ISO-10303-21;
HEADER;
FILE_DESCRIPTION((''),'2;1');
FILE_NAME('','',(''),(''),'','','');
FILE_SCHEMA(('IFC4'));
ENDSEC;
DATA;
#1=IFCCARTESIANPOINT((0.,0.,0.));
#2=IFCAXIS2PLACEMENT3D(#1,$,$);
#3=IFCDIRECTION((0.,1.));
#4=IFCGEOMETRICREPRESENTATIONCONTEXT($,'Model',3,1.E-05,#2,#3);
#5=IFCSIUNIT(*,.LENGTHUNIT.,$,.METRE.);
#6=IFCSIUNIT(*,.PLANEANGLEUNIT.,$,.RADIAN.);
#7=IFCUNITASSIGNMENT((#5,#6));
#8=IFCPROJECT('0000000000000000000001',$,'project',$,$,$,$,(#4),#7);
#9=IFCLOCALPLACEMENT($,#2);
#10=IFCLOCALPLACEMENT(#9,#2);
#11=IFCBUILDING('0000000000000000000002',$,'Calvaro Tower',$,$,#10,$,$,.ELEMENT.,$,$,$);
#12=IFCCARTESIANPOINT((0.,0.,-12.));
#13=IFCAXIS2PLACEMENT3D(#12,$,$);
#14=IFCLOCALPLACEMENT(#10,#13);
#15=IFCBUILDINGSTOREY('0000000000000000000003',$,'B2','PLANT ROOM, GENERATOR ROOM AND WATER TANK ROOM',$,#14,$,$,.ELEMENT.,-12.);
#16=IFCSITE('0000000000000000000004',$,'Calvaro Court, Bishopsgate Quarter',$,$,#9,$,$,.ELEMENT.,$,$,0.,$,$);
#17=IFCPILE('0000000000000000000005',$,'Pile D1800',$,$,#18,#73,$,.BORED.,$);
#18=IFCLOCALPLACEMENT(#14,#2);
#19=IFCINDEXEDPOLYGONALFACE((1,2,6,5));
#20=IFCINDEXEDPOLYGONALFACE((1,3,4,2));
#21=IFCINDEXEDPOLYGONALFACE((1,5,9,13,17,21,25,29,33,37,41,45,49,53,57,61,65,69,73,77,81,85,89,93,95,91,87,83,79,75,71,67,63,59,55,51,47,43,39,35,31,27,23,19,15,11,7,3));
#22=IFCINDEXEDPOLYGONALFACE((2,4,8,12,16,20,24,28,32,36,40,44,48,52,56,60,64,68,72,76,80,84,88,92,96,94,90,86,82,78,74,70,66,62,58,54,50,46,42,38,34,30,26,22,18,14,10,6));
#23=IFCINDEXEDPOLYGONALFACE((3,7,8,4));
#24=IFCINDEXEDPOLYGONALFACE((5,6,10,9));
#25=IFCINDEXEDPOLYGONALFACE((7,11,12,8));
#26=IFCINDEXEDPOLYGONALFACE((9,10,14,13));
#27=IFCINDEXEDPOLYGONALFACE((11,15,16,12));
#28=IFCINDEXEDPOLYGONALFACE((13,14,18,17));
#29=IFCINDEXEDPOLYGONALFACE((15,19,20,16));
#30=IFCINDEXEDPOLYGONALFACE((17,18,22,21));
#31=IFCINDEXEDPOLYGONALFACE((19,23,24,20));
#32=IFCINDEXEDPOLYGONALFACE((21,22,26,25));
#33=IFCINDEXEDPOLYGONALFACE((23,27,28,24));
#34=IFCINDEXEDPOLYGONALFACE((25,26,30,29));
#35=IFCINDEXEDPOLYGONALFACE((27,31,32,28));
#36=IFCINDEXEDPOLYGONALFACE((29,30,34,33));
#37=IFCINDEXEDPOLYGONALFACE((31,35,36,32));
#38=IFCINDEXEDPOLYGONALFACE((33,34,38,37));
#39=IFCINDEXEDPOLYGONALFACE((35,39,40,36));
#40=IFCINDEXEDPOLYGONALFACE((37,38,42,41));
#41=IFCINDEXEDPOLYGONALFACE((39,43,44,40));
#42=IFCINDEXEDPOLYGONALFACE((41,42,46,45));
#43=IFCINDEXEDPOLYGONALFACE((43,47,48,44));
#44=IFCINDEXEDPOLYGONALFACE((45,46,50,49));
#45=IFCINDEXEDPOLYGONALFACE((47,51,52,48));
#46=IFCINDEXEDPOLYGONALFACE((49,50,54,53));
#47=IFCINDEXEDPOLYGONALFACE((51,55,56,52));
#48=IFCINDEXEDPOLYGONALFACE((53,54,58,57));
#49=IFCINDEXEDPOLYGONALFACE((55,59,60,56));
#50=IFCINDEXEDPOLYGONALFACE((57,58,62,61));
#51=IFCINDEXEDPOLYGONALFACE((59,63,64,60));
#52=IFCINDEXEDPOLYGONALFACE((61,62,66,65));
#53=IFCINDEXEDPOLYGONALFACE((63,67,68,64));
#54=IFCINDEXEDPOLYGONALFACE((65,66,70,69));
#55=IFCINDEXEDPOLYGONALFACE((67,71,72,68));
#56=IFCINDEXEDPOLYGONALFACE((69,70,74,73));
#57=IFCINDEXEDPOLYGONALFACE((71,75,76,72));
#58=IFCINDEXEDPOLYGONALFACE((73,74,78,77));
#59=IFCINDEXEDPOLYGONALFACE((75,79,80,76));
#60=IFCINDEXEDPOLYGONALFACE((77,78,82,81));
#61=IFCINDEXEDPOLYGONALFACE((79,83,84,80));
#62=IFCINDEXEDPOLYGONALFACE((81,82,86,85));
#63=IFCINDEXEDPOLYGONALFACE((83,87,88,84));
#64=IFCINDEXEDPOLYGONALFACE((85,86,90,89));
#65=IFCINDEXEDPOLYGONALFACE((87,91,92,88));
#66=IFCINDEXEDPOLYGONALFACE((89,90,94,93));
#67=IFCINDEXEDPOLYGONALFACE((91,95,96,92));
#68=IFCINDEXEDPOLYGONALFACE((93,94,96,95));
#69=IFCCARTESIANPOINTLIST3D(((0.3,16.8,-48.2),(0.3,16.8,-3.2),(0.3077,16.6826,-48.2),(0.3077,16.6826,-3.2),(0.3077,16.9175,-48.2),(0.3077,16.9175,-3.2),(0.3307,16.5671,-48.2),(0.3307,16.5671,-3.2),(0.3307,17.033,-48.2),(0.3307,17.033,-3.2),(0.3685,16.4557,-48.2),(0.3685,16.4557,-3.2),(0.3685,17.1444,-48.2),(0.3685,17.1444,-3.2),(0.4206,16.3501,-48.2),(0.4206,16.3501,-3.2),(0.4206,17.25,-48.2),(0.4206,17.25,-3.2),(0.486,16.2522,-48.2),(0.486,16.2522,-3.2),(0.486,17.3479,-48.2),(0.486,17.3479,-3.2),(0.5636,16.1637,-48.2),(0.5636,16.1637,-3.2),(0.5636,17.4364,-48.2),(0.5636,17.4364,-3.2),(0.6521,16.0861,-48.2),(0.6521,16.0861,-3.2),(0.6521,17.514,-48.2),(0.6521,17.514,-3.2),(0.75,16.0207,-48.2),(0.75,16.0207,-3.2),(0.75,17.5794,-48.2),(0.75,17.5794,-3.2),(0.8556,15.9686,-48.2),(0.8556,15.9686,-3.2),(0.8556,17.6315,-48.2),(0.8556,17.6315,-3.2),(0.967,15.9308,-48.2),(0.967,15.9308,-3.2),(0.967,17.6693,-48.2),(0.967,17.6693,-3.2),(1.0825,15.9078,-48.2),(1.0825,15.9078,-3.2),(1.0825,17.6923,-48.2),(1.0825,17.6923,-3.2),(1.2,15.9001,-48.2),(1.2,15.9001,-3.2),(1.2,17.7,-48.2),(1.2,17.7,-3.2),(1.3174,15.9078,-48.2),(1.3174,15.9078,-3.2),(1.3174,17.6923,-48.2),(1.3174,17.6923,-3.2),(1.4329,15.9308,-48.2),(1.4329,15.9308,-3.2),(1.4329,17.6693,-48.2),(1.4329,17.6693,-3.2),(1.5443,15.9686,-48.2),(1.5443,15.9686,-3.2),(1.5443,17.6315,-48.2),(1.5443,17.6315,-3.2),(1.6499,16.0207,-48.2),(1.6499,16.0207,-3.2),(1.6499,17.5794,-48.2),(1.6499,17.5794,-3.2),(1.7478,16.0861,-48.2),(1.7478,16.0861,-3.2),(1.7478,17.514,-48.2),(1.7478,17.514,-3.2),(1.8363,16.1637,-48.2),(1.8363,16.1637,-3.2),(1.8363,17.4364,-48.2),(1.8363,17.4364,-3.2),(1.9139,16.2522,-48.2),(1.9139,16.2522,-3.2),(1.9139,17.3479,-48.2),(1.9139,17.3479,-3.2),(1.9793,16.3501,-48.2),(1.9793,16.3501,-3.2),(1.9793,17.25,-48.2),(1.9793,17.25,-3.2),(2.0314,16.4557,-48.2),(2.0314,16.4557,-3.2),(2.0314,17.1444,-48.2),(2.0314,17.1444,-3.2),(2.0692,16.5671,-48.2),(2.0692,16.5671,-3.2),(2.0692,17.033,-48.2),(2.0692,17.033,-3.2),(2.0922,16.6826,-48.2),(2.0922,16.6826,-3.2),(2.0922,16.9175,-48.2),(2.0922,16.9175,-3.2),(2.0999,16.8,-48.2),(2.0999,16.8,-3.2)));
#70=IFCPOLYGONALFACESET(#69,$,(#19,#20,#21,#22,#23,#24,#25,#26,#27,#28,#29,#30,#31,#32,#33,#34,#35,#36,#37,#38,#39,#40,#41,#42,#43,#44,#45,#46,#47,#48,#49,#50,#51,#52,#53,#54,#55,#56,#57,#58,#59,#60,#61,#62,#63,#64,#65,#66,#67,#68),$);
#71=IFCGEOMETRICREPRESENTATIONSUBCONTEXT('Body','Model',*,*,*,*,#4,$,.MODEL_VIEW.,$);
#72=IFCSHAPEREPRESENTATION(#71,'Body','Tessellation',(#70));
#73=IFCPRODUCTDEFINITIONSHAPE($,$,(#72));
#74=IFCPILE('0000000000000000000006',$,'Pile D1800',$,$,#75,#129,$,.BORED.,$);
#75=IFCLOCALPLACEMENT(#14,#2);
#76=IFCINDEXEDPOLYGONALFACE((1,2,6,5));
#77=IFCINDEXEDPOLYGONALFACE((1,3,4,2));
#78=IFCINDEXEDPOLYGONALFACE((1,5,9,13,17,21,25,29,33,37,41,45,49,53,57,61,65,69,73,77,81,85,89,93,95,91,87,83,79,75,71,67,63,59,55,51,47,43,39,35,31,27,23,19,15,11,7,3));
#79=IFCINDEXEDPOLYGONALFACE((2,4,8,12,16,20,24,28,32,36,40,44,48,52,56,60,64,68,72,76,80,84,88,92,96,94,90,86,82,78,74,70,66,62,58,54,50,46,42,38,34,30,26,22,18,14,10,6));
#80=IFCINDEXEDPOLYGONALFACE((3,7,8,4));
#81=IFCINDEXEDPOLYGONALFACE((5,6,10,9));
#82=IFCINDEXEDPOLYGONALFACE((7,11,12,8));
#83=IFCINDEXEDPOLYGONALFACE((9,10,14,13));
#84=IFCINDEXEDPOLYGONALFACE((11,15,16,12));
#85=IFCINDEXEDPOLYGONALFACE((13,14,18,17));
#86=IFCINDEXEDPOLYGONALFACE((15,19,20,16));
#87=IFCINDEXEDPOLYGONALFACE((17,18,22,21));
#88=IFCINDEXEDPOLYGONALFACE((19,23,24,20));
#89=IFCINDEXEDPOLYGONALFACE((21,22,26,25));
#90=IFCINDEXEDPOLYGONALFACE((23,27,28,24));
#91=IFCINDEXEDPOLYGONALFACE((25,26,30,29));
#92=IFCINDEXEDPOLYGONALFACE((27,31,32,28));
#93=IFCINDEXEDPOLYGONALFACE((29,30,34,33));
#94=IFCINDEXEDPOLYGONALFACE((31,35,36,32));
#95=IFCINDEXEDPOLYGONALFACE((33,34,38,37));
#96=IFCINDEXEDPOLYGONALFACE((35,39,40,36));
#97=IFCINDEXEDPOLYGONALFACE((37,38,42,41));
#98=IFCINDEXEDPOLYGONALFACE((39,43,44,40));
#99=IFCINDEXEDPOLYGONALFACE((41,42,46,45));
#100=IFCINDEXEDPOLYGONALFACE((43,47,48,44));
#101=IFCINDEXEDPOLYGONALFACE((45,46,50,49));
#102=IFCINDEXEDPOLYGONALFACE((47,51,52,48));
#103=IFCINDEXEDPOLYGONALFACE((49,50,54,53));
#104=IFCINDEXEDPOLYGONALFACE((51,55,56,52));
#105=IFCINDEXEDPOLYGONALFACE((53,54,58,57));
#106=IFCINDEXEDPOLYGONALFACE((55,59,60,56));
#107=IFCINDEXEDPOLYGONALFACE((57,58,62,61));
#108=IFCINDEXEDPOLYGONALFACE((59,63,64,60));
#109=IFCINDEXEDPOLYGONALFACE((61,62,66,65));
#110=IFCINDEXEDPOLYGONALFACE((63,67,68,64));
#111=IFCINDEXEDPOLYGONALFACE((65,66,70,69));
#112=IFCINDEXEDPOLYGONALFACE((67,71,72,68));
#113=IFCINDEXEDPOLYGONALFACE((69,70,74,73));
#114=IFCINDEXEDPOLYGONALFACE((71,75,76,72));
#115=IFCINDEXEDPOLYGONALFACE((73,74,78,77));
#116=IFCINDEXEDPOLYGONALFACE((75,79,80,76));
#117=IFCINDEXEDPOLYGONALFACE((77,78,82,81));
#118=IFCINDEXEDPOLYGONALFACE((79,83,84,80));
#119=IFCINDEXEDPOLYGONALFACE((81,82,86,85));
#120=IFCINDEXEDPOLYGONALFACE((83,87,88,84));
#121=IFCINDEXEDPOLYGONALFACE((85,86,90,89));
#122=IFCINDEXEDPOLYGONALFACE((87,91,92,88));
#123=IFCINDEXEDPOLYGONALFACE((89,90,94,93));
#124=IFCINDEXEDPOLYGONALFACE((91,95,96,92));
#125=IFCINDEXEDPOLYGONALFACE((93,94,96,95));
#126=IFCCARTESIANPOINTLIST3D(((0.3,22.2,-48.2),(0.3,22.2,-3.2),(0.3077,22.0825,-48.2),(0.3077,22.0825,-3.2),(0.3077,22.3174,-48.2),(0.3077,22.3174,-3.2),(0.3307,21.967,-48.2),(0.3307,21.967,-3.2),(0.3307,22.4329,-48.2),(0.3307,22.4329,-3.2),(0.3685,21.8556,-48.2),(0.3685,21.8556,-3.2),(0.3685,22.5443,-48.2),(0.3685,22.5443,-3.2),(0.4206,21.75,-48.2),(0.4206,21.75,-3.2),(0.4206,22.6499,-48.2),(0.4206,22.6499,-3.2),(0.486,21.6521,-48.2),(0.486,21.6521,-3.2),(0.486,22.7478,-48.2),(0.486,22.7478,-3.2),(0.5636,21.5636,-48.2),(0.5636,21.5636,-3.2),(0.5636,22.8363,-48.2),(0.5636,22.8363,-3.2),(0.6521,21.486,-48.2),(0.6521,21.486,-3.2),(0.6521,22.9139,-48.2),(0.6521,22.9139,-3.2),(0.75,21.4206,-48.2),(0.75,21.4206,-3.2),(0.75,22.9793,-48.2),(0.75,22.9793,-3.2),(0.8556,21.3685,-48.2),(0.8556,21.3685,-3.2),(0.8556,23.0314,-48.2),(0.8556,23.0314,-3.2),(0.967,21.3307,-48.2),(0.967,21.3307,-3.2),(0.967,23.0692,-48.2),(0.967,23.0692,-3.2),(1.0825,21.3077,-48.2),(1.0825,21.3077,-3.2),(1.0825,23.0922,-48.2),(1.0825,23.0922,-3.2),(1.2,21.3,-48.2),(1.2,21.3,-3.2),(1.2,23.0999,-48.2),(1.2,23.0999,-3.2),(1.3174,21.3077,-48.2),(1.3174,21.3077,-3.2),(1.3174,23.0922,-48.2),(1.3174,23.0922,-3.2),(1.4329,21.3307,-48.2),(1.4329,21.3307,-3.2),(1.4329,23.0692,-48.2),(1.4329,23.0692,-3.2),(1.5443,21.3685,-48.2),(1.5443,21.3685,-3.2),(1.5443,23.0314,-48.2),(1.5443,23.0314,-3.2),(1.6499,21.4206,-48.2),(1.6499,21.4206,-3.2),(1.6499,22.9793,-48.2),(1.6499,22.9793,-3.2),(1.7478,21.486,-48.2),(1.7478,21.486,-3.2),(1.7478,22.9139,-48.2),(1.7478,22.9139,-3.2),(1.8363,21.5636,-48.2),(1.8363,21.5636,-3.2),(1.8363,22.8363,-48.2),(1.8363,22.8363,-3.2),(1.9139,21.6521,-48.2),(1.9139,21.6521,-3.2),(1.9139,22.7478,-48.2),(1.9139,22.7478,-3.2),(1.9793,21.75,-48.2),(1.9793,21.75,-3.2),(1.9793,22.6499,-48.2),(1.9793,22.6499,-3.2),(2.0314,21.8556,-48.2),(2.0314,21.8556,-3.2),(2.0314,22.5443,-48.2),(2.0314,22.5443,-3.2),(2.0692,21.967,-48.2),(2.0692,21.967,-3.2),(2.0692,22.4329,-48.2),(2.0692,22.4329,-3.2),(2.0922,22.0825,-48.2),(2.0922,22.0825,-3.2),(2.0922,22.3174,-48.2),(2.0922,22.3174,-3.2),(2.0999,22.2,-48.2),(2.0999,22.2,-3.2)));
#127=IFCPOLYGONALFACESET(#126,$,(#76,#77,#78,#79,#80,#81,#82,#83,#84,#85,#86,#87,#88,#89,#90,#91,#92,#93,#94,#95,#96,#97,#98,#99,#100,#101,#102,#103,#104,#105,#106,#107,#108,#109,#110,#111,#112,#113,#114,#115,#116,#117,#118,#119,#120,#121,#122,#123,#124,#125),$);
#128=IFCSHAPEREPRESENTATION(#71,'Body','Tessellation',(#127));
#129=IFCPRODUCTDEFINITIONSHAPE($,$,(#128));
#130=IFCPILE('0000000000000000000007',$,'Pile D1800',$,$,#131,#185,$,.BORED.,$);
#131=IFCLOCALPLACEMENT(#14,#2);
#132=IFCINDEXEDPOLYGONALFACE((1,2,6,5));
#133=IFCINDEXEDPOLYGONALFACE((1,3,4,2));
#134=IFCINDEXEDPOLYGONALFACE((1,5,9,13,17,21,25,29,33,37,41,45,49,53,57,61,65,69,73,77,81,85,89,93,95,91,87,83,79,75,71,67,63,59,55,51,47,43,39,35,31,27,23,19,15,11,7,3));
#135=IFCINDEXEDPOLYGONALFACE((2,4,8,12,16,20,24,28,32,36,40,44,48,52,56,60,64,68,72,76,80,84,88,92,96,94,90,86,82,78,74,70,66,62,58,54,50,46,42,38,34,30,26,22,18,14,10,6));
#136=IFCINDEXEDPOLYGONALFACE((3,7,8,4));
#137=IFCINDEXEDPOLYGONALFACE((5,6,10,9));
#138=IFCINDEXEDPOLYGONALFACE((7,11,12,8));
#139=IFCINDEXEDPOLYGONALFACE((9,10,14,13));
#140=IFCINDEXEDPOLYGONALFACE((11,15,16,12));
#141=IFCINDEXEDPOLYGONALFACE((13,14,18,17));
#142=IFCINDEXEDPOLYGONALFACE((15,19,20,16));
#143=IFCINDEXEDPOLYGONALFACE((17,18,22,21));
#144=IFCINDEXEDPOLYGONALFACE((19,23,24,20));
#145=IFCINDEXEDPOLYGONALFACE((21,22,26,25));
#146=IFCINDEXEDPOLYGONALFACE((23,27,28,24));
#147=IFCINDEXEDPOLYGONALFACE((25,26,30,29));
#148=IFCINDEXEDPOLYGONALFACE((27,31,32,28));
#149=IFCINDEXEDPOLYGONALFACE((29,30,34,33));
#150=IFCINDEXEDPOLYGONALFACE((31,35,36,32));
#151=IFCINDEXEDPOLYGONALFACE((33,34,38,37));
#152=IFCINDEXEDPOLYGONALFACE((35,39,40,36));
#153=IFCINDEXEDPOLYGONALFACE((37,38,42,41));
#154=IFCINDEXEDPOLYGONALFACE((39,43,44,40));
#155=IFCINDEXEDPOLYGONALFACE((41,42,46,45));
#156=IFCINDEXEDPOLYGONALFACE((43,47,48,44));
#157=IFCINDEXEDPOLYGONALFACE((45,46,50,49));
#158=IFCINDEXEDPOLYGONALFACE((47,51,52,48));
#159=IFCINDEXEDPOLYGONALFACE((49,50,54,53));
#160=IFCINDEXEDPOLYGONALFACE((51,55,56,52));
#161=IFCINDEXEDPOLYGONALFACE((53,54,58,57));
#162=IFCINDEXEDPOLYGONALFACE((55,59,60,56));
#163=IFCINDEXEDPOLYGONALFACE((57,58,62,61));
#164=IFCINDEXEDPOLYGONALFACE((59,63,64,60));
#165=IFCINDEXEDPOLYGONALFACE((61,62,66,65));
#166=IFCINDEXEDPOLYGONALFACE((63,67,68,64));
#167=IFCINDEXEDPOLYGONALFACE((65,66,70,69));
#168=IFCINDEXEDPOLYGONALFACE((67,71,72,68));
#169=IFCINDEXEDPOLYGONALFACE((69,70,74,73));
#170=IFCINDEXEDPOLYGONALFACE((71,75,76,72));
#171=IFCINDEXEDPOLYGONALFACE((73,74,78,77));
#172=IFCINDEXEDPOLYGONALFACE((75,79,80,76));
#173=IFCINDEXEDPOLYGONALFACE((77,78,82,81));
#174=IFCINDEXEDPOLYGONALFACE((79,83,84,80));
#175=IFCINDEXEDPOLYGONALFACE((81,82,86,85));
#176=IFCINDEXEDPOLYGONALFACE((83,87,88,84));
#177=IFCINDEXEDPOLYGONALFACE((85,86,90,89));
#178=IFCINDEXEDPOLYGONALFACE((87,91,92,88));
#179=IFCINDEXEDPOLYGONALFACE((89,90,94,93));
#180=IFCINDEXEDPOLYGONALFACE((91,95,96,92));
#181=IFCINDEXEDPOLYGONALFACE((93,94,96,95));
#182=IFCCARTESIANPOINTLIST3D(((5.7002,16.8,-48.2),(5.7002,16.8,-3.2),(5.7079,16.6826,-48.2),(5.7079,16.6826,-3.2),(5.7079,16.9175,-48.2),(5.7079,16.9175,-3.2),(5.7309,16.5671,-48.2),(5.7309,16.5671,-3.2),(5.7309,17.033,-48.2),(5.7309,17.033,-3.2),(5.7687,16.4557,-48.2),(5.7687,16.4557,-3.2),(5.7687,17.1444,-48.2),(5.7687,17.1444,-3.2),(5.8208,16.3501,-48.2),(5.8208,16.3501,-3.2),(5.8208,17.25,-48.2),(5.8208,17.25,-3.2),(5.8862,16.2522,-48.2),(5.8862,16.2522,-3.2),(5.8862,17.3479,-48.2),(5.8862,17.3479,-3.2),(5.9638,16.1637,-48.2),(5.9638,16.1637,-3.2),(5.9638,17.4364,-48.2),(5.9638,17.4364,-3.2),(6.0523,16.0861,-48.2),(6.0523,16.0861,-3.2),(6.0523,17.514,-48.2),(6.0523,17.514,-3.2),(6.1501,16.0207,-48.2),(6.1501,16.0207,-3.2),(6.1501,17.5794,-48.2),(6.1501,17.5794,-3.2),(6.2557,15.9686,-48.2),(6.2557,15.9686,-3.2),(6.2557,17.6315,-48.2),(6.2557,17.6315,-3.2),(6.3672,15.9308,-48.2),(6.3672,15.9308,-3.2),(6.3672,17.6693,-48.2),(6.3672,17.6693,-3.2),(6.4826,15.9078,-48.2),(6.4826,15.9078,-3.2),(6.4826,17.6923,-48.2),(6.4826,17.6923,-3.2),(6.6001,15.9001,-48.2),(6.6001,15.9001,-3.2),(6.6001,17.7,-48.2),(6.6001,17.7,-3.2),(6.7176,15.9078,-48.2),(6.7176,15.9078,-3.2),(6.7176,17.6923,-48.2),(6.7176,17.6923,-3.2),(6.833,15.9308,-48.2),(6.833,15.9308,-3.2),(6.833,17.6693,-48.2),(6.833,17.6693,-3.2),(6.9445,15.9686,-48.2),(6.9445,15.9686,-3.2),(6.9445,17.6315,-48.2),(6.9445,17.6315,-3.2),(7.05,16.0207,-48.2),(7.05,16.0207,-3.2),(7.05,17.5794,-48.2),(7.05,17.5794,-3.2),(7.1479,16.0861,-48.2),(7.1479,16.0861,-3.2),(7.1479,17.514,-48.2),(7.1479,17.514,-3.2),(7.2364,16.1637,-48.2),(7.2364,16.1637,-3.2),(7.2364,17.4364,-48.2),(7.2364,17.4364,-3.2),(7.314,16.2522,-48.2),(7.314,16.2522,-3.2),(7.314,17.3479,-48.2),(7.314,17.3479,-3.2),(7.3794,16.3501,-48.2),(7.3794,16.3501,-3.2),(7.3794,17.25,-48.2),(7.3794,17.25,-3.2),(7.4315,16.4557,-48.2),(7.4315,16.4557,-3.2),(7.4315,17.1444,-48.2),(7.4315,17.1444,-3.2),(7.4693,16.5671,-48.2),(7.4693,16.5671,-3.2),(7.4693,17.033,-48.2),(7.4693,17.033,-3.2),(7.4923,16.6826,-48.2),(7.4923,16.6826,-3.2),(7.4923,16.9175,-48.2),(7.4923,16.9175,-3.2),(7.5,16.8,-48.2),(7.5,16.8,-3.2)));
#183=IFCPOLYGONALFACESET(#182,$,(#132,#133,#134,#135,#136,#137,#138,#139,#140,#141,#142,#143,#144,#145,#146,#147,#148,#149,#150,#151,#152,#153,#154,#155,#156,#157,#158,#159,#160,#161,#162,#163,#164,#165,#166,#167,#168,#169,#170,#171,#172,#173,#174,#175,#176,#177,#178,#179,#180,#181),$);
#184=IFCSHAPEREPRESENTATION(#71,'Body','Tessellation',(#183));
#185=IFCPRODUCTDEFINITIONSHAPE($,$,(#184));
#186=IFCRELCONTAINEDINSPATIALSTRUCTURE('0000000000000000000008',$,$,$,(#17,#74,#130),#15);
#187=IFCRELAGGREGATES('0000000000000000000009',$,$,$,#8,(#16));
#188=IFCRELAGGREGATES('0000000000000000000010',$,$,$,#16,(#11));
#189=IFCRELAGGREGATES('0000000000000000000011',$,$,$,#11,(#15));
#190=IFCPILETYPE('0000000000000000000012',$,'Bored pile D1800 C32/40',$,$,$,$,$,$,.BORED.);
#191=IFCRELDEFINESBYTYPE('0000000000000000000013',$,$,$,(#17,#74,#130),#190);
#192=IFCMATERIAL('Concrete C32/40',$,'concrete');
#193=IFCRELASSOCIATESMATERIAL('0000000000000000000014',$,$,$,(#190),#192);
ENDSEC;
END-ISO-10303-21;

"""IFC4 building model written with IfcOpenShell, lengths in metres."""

from ifc_helpers import new_model, si_unit, direction, frame, origin, origin_2d, place, context, subcontext, project, spatial, circle, extrude, material, material_profile, profile_set, type_object, element, save


model = new_model("IFC4")

# Units and contexts
model_context = context("Model", 3, precision=1e-05, world=origin(), true_north=direction((0.0, 1.0)))
body_context = subcontext(model_context, "Body", "Model", "MODEL_VIEW")
ifc_project = project(units=[si_unit("LENGTHUNIT", "METRE"), si_unit("PLANEANGLEUNIT", "RADIAN")], contexts=[model_context])

# Site, building, storey
site_placement = place(None, origin())
site = spatial("IfcSite", under=ifc_project, at=site_placement, Name="Calvaro Court, Bishopsgate Quarter", CompositionType="ELEMENT", RefElevation=0.0)
building_placement = place(site_placement, origin())
building = spatial("IfcBuilding", under=site, at=building_placement, Name="Calvaro Tower", CompositionType="ELEMENT")
storey_placement = place(building_placement, frame((0.0, 0.0, -12.0)))
storey = spatial("IfcBuildingStorey", under=building, at=storey_placement, Name="B2", Description="PLANT ROOM, GENERATOR ROOM AND WATER TANK ROOM", CompositionType="ELEMENT", Elevation=-12.0)

# Piles
ifc_material_1 = material(Name="Concrete C32/40", Category="concrete")
ifc_material_profile = material_profile(ifc_material_1, circle(Radius=0.8999, at=origin_2d()), Name="Bored pile D1800")
ifc_profile_set = profile_set([ifc_material_profile], Name="Concrete C32/40")
pile_type = type_object("IfcPileType", Name="Bored pile D1800 C32/40", PredefinedType="BORED", material=ifc_profile_set)
for number, where, z_axis, x_axis, name in (
    (1, (1.2, 16.8, -3.2), (0.0, 0.0, -1.0), (1.0, 0.0, 0.0), "Pile D1800"),
    (2, (1.2, 22.2, -3.2), (0.0, 0.0, -1.0), (1.0, 0.0, 0.0), "Pile D1800"),
    (3, (6.6001, 16.8, -3.2), (0.0, 0.0, -1.0), (1.0, 0.0, 0.0), "Pile D1800"),
):
    element("IfcPile", number, at=place(storey_placement, frame(where, z_axis=z_axis, x_axis=x_axis)), inside=storey, type_object=pile_type, Name=name, PredefinedType="BORED", context=body_context, shape_type="SweptSolid", body=[
        extrude(circle(Radius=0.8999, at=origin_2d()), origin(), (0.0, 0.0, 1.0), 45.0),
    ])

save(model, "model.ifc")
